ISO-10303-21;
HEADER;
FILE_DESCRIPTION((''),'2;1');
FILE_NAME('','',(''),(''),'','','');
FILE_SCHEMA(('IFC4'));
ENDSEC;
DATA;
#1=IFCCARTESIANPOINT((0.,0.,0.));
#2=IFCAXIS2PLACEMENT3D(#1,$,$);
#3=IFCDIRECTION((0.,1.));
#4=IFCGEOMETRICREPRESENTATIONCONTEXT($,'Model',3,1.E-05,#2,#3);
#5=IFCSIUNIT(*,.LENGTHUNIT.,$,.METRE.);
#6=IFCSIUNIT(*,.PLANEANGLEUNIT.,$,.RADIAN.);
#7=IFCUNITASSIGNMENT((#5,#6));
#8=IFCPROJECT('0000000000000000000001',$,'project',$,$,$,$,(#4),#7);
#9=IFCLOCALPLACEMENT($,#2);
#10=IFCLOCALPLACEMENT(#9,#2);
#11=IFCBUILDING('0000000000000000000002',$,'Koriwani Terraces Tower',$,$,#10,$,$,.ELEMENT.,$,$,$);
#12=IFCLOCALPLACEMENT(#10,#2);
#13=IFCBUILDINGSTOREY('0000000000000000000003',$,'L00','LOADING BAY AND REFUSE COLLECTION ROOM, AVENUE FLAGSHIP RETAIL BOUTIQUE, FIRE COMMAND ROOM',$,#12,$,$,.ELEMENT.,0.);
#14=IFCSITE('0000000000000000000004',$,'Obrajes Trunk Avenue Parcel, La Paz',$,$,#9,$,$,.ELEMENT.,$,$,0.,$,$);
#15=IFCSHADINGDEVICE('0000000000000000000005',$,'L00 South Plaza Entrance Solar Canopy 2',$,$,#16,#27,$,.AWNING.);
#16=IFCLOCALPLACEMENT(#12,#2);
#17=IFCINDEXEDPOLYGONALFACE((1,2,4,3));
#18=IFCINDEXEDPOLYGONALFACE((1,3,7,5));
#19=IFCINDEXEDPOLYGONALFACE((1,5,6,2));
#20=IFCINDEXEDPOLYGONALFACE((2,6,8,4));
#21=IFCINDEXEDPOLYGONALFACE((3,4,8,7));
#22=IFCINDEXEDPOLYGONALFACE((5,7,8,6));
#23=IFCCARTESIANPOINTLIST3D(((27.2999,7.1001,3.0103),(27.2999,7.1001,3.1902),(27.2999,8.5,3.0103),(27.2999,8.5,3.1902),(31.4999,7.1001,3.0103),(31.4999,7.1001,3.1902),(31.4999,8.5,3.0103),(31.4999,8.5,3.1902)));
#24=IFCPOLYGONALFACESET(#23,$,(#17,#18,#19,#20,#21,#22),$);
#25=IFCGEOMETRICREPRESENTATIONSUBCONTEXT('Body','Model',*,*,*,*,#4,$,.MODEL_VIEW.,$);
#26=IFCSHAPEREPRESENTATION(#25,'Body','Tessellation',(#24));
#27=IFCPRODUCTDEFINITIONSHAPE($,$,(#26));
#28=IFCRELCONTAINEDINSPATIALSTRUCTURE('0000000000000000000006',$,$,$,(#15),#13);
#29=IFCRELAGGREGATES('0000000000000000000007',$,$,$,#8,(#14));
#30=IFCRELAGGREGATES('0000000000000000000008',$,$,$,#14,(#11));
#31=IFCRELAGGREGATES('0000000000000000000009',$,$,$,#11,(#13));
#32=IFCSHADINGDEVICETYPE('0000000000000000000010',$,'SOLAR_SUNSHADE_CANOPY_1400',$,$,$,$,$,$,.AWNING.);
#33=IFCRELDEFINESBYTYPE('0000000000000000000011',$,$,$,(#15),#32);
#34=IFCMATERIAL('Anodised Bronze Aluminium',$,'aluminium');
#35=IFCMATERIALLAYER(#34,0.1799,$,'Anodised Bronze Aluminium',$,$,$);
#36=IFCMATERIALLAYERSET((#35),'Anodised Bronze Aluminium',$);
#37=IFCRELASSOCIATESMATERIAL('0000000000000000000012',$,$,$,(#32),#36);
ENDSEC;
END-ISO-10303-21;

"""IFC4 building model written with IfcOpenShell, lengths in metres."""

from ifc_helpers import new_model, si_unit, direction, frame, origin, origin_2d, place, context, subcontext, project, spatial, rectangle, extrude, material, layer, layer_set, type_object, element, save


model = new_model("IFC4")

# Units and contexts
model_context = context("Model", 3, precision=1e-05, world=origin(), true_north=direction((0.0, 1.0)))
body_context = subcontext(model_context, "Body", "Model", "MODEL_VIEW")
ifc_project = project(units=[si_unit("LENGTHUNIT", "METRE"), si_unit("PLANEANGLEUNIT", "RADIAN")], contexts=[model_context])

# Site, building, storey
site_placement = place(None, origin())
site = spatial("IfcSite", under=ifc_project, at=site_placement, Name="Obrajes Trunk Avenue Parcel, La Paz", CompositionType="ELEMENT", RefElevation=0.0)
building_placement = place(site_placement, origin())
building = spatial("IfcBuilding", under=site, at=building_placement, Name="Koriwani Terraces Tower", CompositionType="ELEMENT")
storey_placement = place(building_placement, origin())
storey = spatial("IfcBuildingStorey", under=building, at=storey_placement, Name="L00", Description="LOADING BAY AND REFUSE COLLECTION ROOM, AVENUE FLAGSHIP RETAIL BOUTIQUE, FIRE COMMAND ROOM", CompositionType="ELEMENT", Elevation=0.0)

# Shading device
ifc_material_1 = material(Name="Anodised Bronze Aluminium", Category="aluminium")
ifc_layer_1 = layer(ifc_material_1, 0.1799, Name="Anodised Bronze Aluminium")
ifc_layer_set_1 = layer_set([ifc_layer_1], Name="Anodised Bronze Aluminium")
shading_device_type = type_object("IfcShadingDeviceType", Name="SOLAR_SUNSHADE_CANOPY_1400", PredefinedType="AWNING", material=ifc_layer_set_1)
for number, where, z_axis, x_axis, name in (
    (1, (29.3999, 7.8, 3.0103), (0.0, 0.0, 1.0), (1.0, 0.0, 0.0), "L00 South Plaza Entrance Solar Canopy 2"),
):
    element("IfcShadingDevice", number, at=place(storey_placement, frame(where, z_axis=z_axis, x_axis=x_axis)), inside=storey, type_object=shading_device_type, Name=name, PredefinedType="AWNING", context=body_context, shape_type="SweptSolid", body=[
        extrude(rectangle(XDim=4.2, YDim=1.3999, at=origin_2d()), origin(), (0.0, 0.0, 1.0), 0.1799),
    ])

save(model, "model.ifc")
